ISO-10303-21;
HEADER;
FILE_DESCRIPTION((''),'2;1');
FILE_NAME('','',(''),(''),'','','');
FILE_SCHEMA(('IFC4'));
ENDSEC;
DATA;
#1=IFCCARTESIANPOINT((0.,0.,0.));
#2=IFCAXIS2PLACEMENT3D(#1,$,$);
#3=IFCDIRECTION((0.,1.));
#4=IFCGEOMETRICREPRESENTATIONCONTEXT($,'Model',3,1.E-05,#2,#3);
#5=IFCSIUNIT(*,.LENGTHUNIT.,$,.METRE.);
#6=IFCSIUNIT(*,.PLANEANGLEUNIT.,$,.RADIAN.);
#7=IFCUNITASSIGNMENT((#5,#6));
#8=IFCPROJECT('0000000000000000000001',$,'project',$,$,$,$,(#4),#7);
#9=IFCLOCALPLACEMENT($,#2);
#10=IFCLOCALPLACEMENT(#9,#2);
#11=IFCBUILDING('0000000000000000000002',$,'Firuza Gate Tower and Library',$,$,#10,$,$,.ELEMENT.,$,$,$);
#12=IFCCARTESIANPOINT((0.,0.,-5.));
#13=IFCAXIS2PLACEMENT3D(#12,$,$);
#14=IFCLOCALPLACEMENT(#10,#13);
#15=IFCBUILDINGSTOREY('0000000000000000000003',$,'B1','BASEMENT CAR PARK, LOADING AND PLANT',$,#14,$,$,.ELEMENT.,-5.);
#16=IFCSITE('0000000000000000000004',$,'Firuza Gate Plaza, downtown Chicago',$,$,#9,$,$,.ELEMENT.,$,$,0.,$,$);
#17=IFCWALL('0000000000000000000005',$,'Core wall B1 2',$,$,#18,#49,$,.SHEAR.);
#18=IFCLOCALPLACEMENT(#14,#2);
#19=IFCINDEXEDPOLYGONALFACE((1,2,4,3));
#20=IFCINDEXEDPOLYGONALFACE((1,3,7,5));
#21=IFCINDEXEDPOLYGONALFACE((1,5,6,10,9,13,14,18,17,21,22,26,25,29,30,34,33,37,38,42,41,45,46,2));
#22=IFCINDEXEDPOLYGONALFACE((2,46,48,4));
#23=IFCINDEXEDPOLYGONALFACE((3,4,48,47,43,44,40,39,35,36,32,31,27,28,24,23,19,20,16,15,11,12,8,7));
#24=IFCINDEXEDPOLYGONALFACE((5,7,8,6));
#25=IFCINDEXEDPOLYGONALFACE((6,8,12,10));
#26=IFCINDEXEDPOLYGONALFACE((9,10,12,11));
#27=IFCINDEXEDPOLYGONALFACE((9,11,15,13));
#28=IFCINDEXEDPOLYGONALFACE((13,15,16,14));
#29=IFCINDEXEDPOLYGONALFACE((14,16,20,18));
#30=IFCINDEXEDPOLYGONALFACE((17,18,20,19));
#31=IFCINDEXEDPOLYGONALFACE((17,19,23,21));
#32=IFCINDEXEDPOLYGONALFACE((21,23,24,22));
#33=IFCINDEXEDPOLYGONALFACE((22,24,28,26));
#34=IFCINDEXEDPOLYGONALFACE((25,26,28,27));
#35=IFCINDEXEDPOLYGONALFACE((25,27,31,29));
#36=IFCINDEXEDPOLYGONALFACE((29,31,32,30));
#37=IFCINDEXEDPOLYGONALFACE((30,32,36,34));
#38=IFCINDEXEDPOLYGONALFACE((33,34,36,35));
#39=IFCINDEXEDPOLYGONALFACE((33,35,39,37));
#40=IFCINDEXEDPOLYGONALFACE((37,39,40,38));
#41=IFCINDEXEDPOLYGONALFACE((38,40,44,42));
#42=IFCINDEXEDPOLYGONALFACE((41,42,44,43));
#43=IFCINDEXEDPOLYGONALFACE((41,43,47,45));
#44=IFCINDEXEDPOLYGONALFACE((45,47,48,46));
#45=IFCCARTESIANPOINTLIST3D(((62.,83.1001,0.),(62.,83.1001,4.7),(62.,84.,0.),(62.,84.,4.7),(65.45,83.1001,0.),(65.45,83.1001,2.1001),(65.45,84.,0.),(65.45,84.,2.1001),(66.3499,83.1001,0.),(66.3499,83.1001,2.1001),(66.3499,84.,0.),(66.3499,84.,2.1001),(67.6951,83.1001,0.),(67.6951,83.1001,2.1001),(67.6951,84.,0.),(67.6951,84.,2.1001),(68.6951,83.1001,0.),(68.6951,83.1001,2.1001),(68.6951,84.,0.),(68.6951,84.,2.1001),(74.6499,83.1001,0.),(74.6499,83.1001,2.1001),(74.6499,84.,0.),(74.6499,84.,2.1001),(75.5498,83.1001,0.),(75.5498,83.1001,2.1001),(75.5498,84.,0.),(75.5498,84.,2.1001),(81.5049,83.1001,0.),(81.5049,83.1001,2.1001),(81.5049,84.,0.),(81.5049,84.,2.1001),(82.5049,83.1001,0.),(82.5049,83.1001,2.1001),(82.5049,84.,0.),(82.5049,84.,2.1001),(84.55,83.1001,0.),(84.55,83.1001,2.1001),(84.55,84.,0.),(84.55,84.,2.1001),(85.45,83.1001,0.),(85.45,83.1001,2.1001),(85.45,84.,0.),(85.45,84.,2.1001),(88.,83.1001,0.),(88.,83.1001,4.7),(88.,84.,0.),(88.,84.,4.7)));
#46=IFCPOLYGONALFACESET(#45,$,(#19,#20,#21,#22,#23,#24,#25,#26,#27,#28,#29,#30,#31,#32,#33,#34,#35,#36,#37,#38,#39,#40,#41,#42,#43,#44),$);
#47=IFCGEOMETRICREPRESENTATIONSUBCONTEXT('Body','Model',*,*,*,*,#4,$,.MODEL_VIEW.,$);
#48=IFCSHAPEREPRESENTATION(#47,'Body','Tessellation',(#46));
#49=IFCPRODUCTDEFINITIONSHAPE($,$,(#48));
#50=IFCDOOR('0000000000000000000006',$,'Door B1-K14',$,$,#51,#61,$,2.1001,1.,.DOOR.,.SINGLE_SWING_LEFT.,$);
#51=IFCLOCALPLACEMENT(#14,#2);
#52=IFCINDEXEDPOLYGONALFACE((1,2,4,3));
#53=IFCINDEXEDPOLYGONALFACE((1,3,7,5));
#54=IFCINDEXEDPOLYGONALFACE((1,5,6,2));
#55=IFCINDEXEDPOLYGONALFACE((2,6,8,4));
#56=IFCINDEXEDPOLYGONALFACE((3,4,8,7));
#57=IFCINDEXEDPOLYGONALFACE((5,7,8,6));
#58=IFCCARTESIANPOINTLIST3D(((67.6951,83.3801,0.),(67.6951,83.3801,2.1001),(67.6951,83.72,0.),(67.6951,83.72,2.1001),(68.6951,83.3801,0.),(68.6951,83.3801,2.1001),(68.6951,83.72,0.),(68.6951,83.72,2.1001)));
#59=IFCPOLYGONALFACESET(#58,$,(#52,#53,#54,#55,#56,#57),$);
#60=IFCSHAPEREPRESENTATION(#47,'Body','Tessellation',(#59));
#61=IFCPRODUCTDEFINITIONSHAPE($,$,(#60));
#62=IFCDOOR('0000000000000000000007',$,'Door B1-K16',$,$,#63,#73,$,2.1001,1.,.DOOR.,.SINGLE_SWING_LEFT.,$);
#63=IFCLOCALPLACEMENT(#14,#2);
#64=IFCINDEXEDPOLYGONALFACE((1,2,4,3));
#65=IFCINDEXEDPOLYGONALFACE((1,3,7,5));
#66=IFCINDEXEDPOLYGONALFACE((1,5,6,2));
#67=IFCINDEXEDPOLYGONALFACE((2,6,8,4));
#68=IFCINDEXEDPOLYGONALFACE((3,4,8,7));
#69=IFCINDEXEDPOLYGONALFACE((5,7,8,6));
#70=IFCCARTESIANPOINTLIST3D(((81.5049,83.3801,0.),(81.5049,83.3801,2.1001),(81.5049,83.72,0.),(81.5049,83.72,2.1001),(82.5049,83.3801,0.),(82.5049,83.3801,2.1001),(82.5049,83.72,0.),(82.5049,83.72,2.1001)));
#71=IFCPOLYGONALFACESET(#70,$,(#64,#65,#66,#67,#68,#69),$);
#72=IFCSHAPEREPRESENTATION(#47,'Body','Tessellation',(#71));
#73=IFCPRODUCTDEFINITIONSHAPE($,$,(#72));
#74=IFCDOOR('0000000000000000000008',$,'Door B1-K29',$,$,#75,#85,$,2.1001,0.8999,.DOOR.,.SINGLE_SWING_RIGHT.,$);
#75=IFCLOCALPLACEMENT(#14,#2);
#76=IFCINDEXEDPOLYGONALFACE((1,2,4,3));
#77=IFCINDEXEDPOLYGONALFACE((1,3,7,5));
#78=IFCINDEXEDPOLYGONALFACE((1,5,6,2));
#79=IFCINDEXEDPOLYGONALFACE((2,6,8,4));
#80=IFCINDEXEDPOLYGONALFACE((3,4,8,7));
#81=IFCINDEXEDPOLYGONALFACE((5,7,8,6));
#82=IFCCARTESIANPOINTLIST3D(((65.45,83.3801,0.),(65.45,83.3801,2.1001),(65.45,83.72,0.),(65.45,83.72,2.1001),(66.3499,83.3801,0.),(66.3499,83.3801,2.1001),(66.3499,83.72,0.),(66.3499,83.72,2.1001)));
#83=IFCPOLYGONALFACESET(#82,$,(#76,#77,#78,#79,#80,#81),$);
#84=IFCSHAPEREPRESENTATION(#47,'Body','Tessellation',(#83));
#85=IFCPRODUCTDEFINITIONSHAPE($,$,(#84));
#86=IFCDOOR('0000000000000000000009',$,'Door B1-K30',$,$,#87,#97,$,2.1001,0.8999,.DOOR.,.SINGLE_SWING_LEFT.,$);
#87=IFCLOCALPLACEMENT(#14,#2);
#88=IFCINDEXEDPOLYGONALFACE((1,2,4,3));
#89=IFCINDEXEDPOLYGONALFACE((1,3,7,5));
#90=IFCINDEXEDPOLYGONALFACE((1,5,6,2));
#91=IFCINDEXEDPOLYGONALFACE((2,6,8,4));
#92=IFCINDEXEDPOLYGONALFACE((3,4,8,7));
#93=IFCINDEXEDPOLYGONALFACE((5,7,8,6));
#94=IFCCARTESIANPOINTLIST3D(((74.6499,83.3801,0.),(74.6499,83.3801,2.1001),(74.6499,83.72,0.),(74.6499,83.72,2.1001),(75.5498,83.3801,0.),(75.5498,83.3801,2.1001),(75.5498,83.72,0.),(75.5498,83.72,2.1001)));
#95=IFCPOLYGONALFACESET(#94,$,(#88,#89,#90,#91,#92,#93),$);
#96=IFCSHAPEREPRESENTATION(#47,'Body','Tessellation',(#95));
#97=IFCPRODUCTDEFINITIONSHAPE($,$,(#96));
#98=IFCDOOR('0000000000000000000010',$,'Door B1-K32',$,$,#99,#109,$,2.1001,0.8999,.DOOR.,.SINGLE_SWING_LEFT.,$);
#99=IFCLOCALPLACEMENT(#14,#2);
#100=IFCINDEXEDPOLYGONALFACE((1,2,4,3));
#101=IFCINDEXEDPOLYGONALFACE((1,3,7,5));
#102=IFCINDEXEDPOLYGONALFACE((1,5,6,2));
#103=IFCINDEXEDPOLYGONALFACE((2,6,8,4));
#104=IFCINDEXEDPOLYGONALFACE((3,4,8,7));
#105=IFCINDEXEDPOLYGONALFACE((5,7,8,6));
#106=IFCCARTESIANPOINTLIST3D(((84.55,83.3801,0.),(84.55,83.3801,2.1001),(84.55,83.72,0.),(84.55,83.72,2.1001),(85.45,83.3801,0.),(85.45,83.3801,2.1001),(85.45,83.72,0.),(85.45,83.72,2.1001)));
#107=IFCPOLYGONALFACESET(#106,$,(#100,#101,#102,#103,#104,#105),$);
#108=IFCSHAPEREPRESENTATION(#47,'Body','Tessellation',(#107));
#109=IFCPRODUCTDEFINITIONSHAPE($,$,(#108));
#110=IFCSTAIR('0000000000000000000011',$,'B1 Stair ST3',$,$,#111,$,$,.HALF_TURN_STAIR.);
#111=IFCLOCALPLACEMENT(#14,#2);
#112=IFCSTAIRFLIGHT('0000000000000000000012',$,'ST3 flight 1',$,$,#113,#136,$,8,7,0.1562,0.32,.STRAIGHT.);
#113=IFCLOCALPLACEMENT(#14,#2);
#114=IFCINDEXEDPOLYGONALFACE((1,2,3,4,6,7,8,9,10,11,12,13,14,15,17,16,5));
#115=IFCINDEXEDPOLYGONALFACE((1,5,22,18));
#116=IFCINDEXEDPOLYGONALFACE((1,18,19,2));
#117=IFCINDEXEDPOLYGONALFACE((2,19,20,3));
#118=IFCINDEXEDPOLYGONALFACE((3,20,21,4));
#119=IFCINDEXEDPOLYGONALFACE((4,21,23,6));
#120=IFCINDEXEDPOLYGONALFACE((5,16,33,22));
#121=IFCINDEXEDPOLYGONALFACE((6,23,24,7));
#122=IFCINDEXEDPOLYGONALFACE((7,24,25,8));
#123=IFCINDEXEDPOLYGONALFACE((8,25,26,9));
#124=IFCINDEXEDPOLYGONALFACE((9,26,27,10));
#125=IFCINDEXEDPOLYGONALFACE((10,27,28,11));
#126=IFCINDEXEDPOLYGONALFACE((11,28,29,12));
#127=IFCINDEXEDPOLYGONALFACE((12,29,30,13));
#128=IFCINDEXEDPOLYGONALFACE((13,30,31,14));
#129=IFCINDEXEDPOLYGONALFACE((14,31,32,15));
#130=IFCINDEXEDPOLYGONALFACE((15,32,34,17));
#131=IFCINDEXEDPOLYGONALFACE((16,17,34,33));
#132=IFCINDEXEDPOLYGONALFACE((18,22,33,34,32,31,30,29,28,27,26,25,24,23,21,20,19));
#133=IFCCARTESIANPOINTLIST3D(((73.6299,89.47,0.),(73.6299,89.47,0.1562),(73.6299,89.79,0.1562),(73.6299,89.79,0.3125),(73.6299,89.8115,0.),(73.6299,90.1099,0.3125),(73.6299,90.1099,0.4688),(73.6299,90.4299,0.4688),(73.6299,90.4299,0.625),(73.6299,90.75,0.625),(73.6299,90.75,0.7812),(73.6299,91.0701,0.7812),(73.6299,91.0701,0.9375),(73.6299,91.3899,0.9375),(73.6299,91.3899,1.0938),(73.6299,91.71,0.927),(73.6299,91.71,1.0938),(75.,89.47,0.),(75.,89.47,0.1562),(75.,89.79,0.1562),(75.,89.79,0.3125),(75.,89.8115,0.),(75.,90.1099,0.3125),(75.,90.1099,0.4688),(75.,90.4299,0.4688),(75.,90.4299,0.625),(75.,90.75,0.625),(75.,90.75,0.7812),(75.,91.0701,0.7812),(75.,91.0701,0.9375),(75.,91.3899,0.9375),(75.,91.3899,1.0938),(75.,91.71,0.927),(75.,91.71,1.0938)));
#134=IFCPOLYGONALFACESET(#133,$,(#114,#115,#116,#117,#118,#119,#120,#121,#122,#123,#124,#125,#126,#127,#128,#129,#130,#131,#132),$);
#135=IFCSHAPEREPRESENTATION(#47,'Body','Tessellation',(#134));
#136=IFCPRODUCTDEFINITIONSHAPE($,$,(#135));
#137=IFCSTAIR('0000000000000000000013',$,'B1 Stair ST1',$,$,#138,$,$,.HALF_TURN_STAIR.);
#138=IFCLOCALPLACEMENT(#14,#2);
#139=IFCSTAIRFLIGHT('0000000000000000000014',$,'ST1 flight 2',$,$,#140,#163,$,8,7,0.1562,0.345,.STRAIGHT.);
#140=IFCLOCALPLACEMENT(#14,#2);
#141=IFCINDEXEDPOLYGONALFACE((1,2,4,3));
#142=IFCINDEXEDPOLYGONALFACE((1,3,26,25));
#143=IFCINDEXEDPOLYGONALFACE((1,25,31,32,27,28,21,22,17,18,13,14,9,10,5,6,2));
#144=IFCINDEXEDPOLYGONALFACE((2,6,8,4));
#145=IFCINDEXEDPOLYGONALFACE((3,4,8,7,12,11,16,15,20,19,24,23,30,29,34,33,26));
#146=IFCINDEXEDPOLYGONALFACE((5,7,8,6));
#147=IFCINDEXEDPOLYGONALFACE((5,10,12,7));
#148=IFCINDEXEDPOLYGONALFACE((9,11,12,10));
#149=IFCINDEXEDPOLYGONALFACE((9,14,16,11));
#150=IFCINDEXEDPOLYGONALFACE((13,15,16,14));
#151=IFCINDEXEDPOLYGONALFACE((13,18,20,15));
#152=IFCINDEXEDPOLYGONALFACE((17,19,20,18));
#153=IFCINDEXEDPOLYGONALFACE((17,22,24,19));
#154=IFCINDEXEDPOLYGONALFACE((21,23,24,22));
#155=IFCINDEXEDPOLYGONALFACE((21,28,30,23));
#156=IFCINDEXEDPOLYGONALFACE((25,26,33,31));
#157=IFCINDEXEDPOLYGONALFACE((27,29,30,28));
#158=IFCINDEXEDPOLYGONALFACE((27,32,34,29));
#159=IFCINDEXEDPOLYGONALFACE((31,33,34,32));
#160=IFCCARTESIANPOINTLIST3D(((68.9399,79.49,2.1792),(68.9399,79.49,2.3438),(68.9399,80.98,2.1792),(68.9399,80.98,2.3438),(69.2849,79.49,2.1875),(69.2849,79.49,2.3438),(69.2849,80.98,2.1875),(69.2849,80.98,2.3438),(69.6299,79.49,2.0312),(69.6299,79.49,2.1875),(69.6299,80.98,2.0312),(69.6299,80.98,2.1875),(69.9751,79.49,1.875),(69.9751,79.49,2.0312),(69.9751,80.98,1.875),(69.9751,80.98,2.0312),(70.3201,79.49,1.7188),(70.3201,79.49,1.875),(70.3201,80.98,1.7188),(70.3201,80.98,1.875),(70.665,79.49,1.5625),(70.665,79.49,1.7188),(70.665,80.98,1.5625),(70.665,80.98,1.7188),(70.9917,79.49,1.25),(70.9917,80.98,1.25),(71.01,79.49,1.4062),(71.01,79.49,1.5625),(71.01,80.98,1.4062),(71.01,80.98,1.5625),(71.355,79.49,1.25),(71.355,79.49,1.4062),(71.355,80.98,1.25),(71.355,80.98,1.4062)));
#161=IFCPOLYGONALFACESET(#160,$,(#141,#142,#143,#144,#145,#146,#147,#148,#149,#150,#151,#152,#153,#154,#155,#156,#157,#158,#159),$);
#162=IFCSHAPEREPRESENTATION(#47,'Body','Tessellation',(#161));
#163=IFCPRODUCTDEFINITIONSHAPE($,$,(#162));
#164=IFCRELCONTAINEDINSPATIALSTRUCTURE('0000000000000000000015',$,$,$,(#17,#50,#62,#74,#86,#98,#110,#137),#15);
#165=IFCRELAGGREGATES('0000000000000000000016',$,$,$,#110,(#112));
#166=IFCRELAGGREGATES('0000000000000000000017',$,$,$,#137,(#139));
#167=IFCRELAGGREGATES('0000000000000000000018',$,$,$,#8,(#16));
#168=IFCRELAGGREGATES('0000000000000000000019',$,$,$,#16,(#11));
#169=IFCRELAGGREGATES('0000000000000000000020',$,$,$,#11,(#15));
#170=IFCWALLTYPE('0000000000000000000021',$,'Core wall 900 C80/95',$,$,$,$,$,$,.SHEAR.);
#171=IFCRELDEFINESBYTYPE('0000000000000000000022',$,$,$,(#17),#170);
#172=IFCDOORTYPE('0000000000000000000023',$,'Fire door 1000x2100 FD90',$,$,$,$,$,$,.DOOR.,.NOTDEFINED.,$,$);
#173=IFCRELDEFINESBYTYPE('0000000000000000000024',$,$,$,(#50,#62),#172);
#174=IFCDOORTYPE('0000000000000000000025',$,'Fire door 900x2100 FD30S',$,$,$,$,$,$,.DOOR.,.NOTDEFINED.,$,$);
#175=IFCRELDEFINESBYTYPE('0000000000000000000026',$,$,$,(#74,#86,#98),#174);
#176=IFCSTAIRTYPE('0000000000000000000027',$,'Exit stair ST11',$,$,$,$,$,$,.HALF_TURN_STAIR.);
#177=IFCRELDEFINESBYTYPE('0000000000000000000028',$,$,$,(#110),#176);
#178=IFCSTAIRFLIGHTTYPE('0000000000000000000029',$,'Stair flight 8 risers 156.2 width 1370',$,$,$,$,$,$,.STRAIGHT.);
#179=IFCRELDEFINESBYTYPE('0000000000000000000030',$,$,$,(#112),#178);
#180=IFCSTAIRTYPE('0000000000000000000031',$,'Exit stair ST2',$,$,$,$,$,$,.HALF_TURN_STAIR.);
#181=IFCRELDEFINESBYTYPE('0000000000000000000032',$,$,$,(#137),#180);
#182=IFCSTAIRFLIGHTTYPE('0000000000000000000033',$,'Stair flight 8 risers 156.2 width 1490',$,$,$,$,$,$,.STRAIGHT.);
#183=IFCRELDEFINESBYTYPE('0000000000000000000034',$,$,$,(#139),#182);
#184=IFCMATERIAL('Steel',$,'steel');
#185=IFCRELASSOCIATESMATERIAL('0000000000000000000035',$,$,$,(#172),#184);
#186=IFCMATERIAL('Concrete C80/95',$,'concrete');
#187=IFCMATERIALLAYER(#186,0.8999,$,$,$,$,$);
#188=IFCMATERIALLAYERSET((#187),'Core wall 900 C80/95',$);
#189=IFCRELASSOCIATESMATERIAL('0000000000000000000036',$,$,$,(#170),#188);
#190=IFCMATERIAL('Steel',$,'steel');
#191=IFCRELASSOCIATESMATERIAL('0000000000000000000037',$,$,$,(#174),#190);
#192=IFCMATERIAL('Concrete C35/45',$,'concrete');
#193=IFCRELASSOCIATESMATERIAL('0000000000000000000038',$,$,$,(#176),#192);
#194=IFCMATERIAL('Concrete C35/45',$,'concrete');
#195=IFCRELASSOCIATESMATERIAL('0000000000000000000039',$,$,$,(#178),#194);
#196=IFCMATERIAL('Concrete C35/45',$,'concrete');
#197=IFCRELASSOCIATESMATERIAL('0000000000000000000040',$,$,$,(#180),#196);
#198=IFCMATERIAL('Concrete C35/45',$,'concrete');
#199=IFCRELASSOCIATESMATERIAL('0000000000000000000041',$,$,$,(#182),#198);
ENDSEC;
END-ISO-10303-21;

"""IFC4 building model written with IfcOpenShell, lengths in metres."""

from ifc_helpers import new_model, si_unit, direction, frame, frame_2d, origin, place, context, subcontext, project, spatial, polyline, rectangle, outline, extrude, material, layer, layer_set, type_object, element, fill, aggregate, save


model = new_model("IFC4")

# Units and contexts
model_context = context("Model", 3, precision=1e-05, world=origin(), true_north=direction((0.0, 1.0)))
body_context = subcontext(model_context, "Body", "Model", "MODEL_VIEW")
ifc_project = project(units=[si_unit("LENGTHUNIT", "METRE"), si_unit("PLANEANGLEUNIT", "RADIAN")], contexts=[model_context])

# Site, building, storey
site_placement = place(None, origin())
site = spatial("IfcSite", under=ifc_project, at=site_placement, Name="Firuza Gate Plaza, downtown Chicago", CompositionType="ELEMENT", RefElevation=0.0)
building_placement = place(site_placement, origin())
building = spatial("IfcBuilding", under=site, at=building_placement, Name="Firuza Gate Tower and Library", CompositionType="ELEMENT")
storey_placement = place(building_placement, frame((0.0, 0.0, -5.0)))
storey = spatial("IfcBuildingStorey", under=building, at=storey_placement, Name="B1", Description="BASEMENT CAR PARK, LOADING AND PLANT", CompositionType="ELEMENT", Elevation=-5.0)

# Shared definitions
ifc_material_1 = material(Name="Steel", Category="steel")
door_type_1 = type_object("IfcDoorType", Name="Fire door 1000x2100 FD90", OperationType="NOTDEFINED", PredefinedType="DOOR", material=ifc_material_1)

# Wall, openings, doors
ifc_material_2 = material(Name="Concrete C80/95", Category="concrete")
ifc_layer_1 = layer(ifc_material_2, 0.8999)
ifc_layer_set_1 = layer_set([ifc_layer_1], Name="Core wall 900 C80/95")
wall_type_1 = type_object("IfcWallType", Name="Core wall 900 C80/95", PredefinedType="SHEAR", material=ifc_layer_set_1)
wall_1_placement = place(storey_placement, frame((62.0, 83.55, 0.0), z_axis=(0.0, 0.0, 1.0), x_axis=(1.0, 0.0, 0.0)))
wall_1 = element("IfcWall", 1, at=wall_1_placement, inside=storey, type_object=wall_type_1, Name="Core wall B1 2", PredefinedType="SHEAR", context=body_context, shape_type="SweptSolid", body=[
    extrude(rectangle(XDim=26.0, YDim=0.8999, at=frame_2d((13.0, 0.0))), origin(), (0.0, 0.0, 1.0), 4.7),
])
opening_1_placement = place(wall_1_placement, frame((5.6951, 0.0, 0.0)))
opening_1 = element("IfcOpeningElement", 2, at=opening_1_placement, cuts=wall_1, PredefinedType="OPENING", context=body_context, shape_type="SweptSolid", body=[
    extrude(rectangle(XDim=1.0, YDim=2.1001, at=frame_2d((0.5, 1.05))), frame((0.0, 0.46, 0.0), z_axis=(0.0, -1.0, 0.0), x_axis=(1.0, 0.0, 0.0)), (0.0, 0.0, 1.0), 0.9199),
])
opening_2_placement = place(wall_1_placement, frame((19.5049, 0.0, 0.0)))
opening_2 = element("IfcOpeningElement", 3, at=opening_2_placement, cuts=wall_1, PredefinedType="OPENING", context=body_context, shape_type="SweptSolid", body=[
    extrude(rectangle(XDim=1.0, YDim=2.1001, at=frame_2d((0.5, 1.05))), frame((0.0, 0.46, 0.0), z_axis=(0.0, -1.0, 0.0), x_axis=(1.0, 0.0, 0.0)), (0.0, 0.0, 1.0), 0.9199),
])
opening_3_placement = place(wall_1_placement, frame((3.45, 0.0, 0.0)))
opening_3 = element("IfcOpeningElement", 4, at=opening_3_placement, cuts=wall_1, PredefinedType="OPENING", context=body_context, shape_type="SweptSolid", body=[
    extrude(rectangle(XDim=0.8999, YDim=2.1001, at=frame_2d((0.45, 1.05))), frame((0.0, 0.46, 0.0), z_axis=(0.0, -1.0, 0.0), x_axis=(1.0, 0.0, 0.0)), (0.0, 0.0, 1.0), 0.9199),
])
opening_4_placement = place(wall_1_placement, frame((12.6499, 0.0, 0.0)))
opening_4 = element("IfcOpeningElement", 5, at=opening_4_placement, cuts=wall_1, PredefinedType="OPENING", context=body_context, shape_type="SweptSolid", body=[
    extrude(rectangle(XDim=0.8999, YDim=2.1001, at=frame_2d((0.45, 1.05))), frame((0.0, 0.46, 0.0), z_axis=(0.0, -1.0, 0.0), x_axis=(1.0, 0.0, 0.0)), (0.0, 0.0, 1.0), 0.9199),
])
opening_5_placement = place(wall_1_placement, frame((22.55, 0.0, 0.0)))
opening_5 = element("IfcOpeningElement", 6, at=opening_5_placement, cuts=wall_1, PredefinedType="OPENING", context=body_context, shape_type="SweptSolid", body=[
    extrude(rectangle(XDim=0.8999, YDim=2.1001, at=frame_2d((0.45, 1.05))), frame((0.0, 0.46, 0.0), z_axis=(0.0, -1.0, 0.0), x_axis=(1.0, 0.0, 0.0)), (0.0, 0.0, 1.0), 0.9199),
])
door_1_placement = place(opening_1_placement, origin())
door_1 = element("IfcDoor", 7, at=door_1_placement, inside=storey, type_object=door_type_1, Name="Door B1-K14", OperationType="SINGLE_SWING_LEFT", OverallHeight=2.1001, OverallWidth=1.0, PredefinedType="DOOR", context=body_context, shape_type="SweptSolid", body=[
    extrude(rectangle(XDim=1.0, YDim=2.1001, at=frame_2d((0.5, 1.05))), frame((0.0, 0.1699, 0.0), z_axis=(0.0, -1.0, 0.0), x_axis=(1.0, 0.0, 0.0)), (0.0, 0.0, 1.0), 0.3398),
])
fill(opening_1, door_1)
door_2_placement = place(opening_2_placement, origin())
door_2 = element("IfcDoor", 8, at=door_2_placement, inside=storey, type_object=door_type_1, Name="Door B1-K16", OperationType="SINGLE_SWING_LEFT", OverallHeight=2.1001, OverallWidth=1.0, PredefinedType="DOOR", context=body_context, shape_type="SweptSolid", body=[
    extrude(rectangle(XDim=1.0, YDim=2.1001, at=frame_2d((0.5, 1.05))), frame((0.0, 0.1699, 0.0), z_axis=(0.0, -1.0, 0.0), x_axis=(1.0, 0.0, 0.0)), (0.0, 0.0, 1.0), 0.3398),
])
fill(opening_2, door_2)
ifc_material_3 = material(Name="Steel", Category="steel")
door_type_2 = type_object("IfcDoorType", Name="Fire door 900x2100 FD30S", OperationType="NOTDEFINED", PredefinedType="DOOR", material=ifc_material_3)
door_3_placement = place(opening_3_placement, origin())
door_3 = element("IfcDoor", 9, at=door_3_placement, inside=storey, type_object=door_type_2, Name="Door B1-K29", OperationType="SINGLE_SWING_RIGHT", OverallHeight=2.1001, OverallWidth=0.8999, PredefinedType="DOOR", context=body_context, shape_type="SweptSolid", body=[
    extrude(rectangle(XDim=0.8999, YDim=2.1001, at=frame_2d((0.45, 1.05))), frame((0.0, 0.1699, 0.0), z_axis=(0.0, -1.0, 0.0), x_axis=(1.0, 0.0, 0.0)), (0.0, 0.0, 1.0), 0.3398),
])
fill(opening_3, door_3)
door_4_placement = place(opening_4_placement, origin())
door_4 = element("IfcDoor", 10, at=door_4_placement, inside=storey, type_object=door_type_2, Name="Door B1-K30", OperationType="SINGLE_SWING_LEFT", OverallHeight=2.1001, OverallWidth=0.8999, PredefinedType="DOOR", context=body_context, shape_type="SweptSolid", body=[
    extrude(rectangle(XDim=0.8999, YDim=2.1001, at=frame_2d((0.45, 1.05))), frame((0.0, 0.1699, 0.0), z_axis=(0.0, -1.0, 0.0), x_axis=(1.0, 0.0, 0.0)), (0.0, 0.0, 1.0), 0.3398),
])
fill(opening_4, door_4)
door_5_placement = place(opening_5_placement, origin())
door_5 = element("IfcDoor", 11, at=door_5_placement, inside=storey, type_object=door_type_2, Name="Door B1-K32", OperationType="SINGLE_SWING_LEFT", OverallHeight=2.1001, OverallWidth=0.8999, PredefinedType="DOOR", context=body_context, shape_type="SweptSolid", body=[
    extrude(rectangle(XDim=0.8999, YDim=2.1001, at=frame_2d((0.45, 1.05))), frame((0.0, 0.1699, 0.0), z_axis=(0.0, -1.0, 0.0), x_axis=(1.0, 0.0, 0.0)), (0.0, 0.0, 1.0), 0.3398),
])
fill(opening_5, door_5)

# Stair, stair flight
ifc_material_4 = material(Name="Concrete C35/45", Category="concrete")
stair_type_1 = type_object("IfcStairType", Name="Exit stair ST11", PredefinedType="HALF_TURN_STAIR", material=ifc_material_4)
placement = place(storey_placement, origin())
stair_1 = element("IfcStair", 12, at=placement, inside=storey, type_object=stair_type_1, Name="B1 Stair ST3", PredefinedType="HALF_TURN_STAIR")
ifc_material_5 = material(Name="Concrete C35/45", Category="concrete")
stair_flight_type_1 = type_object("IfcStairFlightType", Name="Stair flight 8 risers 156.2 width 1370", PredefinedType="STRAIGHT", material=ifc_material_5)
stair_flight_1_placement = place(storey_placement, frame((74.3149, 89.47, 0.0), z_axis=(0.0, 0.0, 1.0), x_axis=(0.0, 1.0, 0.0)))
stair_flight_1 = element("IfcStairFlight", 13, at=stair_flight_1_placement, type_object=stair_flight_type_1, Name="ST3 flight 1", NumberOfRisers=8, NumberOfTreads=7, PredefinedType="STRAIGHT", RiserHeight=0.1562, TreadLength=0.32, context=body_context, shape_type="SweptSolid", body=[
    extrude(outline(polyline([(0.0, 0.0), (0.0, 0.1562), (0.3201, 0.1562), (0.3201, 0.3125), (0.6399, 0.3125), (0.6399, 0.4688), (0.96, 0.4688), (0.96, 0.625), (1.28, 0.625), (1.28, 0.7812), (1.6001, 0.7812), (1.6001, 0.9375), (1.9199, 0.9375), (1.9199, 1.0938), (2.24, 1.0938), (2.24, 1.25), (2.24, 0.927), (0.3416, 0.0), (0.0, 0.0)])), frame((0.0, 0.6851, 0.0), z_axis=(0.0, -1.0, 0.0), x_axis=(1.0, 0.0, 0.0)), (0.0, 0.0, 1.0), 1.3701),
])
aggregate(stair_1, [stair_flight_1])

# Stair, stair flight
ifc_material_6 = material(Name="Concrete C35/45", Category="concrete")
stair_type_2 = type_object("IfcStairType", Name="Exit stair ST2", PredefinedType="HALF_TURN_STAIR", material=ifc_material_6)
stair_2 = element("IfcStair", 14, at=placement, inside=storey, type_object=stair_type_2, Name="B1 Stair ST1", PredefinedType="HALF_TURN_STAIR")
ifc_material_7 = material(Name="Concrete C35/45", Category="concrete")
stair_flight_type_2 = type_object("IfcStairFlightType", Name="Stair flight 8 risers 156.2 width 1490", PredefinedType="STRAIGHT", material=ifc_material_7)
stair_flight_2_placement = place(storey_placement, frame((71.355, 80.2351, 1.25), z_axis=(0.0, 0.0, 1.0), x_axis=(-1.0, 0.0, 0.0)))
stair_flight_2 = element("IfcStairFlight", 15, at=stair_flight_2_placement, type_object=stair_flight_type_2, Name="ST1 flight 2", NumberOfRisers=8, NumberOfTreads=7, PredefinedType="STRAIGHT", RiserHeight=0.1562, TreadLength=0.345, context=body_context, shape_type="SweptSolid", body=[
    extrude(outline(polyline([(0.0, 0.0), (0.0, 0.1562), (0.345, 0.1562), (0.345, 0.3125), (0.6899, 0.3125), (0.6899, 0.4688), (1.0349, 0.4688), (1.0349, 0.625), (1.3799, 0.625), (1.3799, 0.7812), (1.7251, 0.7812), (1.7251, 0.9375), (2.0701, 0.9375), (2.0701, 1.0938), (2.415, 1.0938), (2.415, 1.25), (2.415, 0.9292), (0.3633, 0.0), (0.0, 0.0)])), frame((0.0, 0.7451, 0.0), z_axis=(0.0, -1.0, 0.0), x_axis=(1.0, 0.0, 0.0)), (0.0, 0.0, 1.0), 1.49),
])
aggregate(stair_2, [stair_flight_2])

save(model, "model.ifc")
